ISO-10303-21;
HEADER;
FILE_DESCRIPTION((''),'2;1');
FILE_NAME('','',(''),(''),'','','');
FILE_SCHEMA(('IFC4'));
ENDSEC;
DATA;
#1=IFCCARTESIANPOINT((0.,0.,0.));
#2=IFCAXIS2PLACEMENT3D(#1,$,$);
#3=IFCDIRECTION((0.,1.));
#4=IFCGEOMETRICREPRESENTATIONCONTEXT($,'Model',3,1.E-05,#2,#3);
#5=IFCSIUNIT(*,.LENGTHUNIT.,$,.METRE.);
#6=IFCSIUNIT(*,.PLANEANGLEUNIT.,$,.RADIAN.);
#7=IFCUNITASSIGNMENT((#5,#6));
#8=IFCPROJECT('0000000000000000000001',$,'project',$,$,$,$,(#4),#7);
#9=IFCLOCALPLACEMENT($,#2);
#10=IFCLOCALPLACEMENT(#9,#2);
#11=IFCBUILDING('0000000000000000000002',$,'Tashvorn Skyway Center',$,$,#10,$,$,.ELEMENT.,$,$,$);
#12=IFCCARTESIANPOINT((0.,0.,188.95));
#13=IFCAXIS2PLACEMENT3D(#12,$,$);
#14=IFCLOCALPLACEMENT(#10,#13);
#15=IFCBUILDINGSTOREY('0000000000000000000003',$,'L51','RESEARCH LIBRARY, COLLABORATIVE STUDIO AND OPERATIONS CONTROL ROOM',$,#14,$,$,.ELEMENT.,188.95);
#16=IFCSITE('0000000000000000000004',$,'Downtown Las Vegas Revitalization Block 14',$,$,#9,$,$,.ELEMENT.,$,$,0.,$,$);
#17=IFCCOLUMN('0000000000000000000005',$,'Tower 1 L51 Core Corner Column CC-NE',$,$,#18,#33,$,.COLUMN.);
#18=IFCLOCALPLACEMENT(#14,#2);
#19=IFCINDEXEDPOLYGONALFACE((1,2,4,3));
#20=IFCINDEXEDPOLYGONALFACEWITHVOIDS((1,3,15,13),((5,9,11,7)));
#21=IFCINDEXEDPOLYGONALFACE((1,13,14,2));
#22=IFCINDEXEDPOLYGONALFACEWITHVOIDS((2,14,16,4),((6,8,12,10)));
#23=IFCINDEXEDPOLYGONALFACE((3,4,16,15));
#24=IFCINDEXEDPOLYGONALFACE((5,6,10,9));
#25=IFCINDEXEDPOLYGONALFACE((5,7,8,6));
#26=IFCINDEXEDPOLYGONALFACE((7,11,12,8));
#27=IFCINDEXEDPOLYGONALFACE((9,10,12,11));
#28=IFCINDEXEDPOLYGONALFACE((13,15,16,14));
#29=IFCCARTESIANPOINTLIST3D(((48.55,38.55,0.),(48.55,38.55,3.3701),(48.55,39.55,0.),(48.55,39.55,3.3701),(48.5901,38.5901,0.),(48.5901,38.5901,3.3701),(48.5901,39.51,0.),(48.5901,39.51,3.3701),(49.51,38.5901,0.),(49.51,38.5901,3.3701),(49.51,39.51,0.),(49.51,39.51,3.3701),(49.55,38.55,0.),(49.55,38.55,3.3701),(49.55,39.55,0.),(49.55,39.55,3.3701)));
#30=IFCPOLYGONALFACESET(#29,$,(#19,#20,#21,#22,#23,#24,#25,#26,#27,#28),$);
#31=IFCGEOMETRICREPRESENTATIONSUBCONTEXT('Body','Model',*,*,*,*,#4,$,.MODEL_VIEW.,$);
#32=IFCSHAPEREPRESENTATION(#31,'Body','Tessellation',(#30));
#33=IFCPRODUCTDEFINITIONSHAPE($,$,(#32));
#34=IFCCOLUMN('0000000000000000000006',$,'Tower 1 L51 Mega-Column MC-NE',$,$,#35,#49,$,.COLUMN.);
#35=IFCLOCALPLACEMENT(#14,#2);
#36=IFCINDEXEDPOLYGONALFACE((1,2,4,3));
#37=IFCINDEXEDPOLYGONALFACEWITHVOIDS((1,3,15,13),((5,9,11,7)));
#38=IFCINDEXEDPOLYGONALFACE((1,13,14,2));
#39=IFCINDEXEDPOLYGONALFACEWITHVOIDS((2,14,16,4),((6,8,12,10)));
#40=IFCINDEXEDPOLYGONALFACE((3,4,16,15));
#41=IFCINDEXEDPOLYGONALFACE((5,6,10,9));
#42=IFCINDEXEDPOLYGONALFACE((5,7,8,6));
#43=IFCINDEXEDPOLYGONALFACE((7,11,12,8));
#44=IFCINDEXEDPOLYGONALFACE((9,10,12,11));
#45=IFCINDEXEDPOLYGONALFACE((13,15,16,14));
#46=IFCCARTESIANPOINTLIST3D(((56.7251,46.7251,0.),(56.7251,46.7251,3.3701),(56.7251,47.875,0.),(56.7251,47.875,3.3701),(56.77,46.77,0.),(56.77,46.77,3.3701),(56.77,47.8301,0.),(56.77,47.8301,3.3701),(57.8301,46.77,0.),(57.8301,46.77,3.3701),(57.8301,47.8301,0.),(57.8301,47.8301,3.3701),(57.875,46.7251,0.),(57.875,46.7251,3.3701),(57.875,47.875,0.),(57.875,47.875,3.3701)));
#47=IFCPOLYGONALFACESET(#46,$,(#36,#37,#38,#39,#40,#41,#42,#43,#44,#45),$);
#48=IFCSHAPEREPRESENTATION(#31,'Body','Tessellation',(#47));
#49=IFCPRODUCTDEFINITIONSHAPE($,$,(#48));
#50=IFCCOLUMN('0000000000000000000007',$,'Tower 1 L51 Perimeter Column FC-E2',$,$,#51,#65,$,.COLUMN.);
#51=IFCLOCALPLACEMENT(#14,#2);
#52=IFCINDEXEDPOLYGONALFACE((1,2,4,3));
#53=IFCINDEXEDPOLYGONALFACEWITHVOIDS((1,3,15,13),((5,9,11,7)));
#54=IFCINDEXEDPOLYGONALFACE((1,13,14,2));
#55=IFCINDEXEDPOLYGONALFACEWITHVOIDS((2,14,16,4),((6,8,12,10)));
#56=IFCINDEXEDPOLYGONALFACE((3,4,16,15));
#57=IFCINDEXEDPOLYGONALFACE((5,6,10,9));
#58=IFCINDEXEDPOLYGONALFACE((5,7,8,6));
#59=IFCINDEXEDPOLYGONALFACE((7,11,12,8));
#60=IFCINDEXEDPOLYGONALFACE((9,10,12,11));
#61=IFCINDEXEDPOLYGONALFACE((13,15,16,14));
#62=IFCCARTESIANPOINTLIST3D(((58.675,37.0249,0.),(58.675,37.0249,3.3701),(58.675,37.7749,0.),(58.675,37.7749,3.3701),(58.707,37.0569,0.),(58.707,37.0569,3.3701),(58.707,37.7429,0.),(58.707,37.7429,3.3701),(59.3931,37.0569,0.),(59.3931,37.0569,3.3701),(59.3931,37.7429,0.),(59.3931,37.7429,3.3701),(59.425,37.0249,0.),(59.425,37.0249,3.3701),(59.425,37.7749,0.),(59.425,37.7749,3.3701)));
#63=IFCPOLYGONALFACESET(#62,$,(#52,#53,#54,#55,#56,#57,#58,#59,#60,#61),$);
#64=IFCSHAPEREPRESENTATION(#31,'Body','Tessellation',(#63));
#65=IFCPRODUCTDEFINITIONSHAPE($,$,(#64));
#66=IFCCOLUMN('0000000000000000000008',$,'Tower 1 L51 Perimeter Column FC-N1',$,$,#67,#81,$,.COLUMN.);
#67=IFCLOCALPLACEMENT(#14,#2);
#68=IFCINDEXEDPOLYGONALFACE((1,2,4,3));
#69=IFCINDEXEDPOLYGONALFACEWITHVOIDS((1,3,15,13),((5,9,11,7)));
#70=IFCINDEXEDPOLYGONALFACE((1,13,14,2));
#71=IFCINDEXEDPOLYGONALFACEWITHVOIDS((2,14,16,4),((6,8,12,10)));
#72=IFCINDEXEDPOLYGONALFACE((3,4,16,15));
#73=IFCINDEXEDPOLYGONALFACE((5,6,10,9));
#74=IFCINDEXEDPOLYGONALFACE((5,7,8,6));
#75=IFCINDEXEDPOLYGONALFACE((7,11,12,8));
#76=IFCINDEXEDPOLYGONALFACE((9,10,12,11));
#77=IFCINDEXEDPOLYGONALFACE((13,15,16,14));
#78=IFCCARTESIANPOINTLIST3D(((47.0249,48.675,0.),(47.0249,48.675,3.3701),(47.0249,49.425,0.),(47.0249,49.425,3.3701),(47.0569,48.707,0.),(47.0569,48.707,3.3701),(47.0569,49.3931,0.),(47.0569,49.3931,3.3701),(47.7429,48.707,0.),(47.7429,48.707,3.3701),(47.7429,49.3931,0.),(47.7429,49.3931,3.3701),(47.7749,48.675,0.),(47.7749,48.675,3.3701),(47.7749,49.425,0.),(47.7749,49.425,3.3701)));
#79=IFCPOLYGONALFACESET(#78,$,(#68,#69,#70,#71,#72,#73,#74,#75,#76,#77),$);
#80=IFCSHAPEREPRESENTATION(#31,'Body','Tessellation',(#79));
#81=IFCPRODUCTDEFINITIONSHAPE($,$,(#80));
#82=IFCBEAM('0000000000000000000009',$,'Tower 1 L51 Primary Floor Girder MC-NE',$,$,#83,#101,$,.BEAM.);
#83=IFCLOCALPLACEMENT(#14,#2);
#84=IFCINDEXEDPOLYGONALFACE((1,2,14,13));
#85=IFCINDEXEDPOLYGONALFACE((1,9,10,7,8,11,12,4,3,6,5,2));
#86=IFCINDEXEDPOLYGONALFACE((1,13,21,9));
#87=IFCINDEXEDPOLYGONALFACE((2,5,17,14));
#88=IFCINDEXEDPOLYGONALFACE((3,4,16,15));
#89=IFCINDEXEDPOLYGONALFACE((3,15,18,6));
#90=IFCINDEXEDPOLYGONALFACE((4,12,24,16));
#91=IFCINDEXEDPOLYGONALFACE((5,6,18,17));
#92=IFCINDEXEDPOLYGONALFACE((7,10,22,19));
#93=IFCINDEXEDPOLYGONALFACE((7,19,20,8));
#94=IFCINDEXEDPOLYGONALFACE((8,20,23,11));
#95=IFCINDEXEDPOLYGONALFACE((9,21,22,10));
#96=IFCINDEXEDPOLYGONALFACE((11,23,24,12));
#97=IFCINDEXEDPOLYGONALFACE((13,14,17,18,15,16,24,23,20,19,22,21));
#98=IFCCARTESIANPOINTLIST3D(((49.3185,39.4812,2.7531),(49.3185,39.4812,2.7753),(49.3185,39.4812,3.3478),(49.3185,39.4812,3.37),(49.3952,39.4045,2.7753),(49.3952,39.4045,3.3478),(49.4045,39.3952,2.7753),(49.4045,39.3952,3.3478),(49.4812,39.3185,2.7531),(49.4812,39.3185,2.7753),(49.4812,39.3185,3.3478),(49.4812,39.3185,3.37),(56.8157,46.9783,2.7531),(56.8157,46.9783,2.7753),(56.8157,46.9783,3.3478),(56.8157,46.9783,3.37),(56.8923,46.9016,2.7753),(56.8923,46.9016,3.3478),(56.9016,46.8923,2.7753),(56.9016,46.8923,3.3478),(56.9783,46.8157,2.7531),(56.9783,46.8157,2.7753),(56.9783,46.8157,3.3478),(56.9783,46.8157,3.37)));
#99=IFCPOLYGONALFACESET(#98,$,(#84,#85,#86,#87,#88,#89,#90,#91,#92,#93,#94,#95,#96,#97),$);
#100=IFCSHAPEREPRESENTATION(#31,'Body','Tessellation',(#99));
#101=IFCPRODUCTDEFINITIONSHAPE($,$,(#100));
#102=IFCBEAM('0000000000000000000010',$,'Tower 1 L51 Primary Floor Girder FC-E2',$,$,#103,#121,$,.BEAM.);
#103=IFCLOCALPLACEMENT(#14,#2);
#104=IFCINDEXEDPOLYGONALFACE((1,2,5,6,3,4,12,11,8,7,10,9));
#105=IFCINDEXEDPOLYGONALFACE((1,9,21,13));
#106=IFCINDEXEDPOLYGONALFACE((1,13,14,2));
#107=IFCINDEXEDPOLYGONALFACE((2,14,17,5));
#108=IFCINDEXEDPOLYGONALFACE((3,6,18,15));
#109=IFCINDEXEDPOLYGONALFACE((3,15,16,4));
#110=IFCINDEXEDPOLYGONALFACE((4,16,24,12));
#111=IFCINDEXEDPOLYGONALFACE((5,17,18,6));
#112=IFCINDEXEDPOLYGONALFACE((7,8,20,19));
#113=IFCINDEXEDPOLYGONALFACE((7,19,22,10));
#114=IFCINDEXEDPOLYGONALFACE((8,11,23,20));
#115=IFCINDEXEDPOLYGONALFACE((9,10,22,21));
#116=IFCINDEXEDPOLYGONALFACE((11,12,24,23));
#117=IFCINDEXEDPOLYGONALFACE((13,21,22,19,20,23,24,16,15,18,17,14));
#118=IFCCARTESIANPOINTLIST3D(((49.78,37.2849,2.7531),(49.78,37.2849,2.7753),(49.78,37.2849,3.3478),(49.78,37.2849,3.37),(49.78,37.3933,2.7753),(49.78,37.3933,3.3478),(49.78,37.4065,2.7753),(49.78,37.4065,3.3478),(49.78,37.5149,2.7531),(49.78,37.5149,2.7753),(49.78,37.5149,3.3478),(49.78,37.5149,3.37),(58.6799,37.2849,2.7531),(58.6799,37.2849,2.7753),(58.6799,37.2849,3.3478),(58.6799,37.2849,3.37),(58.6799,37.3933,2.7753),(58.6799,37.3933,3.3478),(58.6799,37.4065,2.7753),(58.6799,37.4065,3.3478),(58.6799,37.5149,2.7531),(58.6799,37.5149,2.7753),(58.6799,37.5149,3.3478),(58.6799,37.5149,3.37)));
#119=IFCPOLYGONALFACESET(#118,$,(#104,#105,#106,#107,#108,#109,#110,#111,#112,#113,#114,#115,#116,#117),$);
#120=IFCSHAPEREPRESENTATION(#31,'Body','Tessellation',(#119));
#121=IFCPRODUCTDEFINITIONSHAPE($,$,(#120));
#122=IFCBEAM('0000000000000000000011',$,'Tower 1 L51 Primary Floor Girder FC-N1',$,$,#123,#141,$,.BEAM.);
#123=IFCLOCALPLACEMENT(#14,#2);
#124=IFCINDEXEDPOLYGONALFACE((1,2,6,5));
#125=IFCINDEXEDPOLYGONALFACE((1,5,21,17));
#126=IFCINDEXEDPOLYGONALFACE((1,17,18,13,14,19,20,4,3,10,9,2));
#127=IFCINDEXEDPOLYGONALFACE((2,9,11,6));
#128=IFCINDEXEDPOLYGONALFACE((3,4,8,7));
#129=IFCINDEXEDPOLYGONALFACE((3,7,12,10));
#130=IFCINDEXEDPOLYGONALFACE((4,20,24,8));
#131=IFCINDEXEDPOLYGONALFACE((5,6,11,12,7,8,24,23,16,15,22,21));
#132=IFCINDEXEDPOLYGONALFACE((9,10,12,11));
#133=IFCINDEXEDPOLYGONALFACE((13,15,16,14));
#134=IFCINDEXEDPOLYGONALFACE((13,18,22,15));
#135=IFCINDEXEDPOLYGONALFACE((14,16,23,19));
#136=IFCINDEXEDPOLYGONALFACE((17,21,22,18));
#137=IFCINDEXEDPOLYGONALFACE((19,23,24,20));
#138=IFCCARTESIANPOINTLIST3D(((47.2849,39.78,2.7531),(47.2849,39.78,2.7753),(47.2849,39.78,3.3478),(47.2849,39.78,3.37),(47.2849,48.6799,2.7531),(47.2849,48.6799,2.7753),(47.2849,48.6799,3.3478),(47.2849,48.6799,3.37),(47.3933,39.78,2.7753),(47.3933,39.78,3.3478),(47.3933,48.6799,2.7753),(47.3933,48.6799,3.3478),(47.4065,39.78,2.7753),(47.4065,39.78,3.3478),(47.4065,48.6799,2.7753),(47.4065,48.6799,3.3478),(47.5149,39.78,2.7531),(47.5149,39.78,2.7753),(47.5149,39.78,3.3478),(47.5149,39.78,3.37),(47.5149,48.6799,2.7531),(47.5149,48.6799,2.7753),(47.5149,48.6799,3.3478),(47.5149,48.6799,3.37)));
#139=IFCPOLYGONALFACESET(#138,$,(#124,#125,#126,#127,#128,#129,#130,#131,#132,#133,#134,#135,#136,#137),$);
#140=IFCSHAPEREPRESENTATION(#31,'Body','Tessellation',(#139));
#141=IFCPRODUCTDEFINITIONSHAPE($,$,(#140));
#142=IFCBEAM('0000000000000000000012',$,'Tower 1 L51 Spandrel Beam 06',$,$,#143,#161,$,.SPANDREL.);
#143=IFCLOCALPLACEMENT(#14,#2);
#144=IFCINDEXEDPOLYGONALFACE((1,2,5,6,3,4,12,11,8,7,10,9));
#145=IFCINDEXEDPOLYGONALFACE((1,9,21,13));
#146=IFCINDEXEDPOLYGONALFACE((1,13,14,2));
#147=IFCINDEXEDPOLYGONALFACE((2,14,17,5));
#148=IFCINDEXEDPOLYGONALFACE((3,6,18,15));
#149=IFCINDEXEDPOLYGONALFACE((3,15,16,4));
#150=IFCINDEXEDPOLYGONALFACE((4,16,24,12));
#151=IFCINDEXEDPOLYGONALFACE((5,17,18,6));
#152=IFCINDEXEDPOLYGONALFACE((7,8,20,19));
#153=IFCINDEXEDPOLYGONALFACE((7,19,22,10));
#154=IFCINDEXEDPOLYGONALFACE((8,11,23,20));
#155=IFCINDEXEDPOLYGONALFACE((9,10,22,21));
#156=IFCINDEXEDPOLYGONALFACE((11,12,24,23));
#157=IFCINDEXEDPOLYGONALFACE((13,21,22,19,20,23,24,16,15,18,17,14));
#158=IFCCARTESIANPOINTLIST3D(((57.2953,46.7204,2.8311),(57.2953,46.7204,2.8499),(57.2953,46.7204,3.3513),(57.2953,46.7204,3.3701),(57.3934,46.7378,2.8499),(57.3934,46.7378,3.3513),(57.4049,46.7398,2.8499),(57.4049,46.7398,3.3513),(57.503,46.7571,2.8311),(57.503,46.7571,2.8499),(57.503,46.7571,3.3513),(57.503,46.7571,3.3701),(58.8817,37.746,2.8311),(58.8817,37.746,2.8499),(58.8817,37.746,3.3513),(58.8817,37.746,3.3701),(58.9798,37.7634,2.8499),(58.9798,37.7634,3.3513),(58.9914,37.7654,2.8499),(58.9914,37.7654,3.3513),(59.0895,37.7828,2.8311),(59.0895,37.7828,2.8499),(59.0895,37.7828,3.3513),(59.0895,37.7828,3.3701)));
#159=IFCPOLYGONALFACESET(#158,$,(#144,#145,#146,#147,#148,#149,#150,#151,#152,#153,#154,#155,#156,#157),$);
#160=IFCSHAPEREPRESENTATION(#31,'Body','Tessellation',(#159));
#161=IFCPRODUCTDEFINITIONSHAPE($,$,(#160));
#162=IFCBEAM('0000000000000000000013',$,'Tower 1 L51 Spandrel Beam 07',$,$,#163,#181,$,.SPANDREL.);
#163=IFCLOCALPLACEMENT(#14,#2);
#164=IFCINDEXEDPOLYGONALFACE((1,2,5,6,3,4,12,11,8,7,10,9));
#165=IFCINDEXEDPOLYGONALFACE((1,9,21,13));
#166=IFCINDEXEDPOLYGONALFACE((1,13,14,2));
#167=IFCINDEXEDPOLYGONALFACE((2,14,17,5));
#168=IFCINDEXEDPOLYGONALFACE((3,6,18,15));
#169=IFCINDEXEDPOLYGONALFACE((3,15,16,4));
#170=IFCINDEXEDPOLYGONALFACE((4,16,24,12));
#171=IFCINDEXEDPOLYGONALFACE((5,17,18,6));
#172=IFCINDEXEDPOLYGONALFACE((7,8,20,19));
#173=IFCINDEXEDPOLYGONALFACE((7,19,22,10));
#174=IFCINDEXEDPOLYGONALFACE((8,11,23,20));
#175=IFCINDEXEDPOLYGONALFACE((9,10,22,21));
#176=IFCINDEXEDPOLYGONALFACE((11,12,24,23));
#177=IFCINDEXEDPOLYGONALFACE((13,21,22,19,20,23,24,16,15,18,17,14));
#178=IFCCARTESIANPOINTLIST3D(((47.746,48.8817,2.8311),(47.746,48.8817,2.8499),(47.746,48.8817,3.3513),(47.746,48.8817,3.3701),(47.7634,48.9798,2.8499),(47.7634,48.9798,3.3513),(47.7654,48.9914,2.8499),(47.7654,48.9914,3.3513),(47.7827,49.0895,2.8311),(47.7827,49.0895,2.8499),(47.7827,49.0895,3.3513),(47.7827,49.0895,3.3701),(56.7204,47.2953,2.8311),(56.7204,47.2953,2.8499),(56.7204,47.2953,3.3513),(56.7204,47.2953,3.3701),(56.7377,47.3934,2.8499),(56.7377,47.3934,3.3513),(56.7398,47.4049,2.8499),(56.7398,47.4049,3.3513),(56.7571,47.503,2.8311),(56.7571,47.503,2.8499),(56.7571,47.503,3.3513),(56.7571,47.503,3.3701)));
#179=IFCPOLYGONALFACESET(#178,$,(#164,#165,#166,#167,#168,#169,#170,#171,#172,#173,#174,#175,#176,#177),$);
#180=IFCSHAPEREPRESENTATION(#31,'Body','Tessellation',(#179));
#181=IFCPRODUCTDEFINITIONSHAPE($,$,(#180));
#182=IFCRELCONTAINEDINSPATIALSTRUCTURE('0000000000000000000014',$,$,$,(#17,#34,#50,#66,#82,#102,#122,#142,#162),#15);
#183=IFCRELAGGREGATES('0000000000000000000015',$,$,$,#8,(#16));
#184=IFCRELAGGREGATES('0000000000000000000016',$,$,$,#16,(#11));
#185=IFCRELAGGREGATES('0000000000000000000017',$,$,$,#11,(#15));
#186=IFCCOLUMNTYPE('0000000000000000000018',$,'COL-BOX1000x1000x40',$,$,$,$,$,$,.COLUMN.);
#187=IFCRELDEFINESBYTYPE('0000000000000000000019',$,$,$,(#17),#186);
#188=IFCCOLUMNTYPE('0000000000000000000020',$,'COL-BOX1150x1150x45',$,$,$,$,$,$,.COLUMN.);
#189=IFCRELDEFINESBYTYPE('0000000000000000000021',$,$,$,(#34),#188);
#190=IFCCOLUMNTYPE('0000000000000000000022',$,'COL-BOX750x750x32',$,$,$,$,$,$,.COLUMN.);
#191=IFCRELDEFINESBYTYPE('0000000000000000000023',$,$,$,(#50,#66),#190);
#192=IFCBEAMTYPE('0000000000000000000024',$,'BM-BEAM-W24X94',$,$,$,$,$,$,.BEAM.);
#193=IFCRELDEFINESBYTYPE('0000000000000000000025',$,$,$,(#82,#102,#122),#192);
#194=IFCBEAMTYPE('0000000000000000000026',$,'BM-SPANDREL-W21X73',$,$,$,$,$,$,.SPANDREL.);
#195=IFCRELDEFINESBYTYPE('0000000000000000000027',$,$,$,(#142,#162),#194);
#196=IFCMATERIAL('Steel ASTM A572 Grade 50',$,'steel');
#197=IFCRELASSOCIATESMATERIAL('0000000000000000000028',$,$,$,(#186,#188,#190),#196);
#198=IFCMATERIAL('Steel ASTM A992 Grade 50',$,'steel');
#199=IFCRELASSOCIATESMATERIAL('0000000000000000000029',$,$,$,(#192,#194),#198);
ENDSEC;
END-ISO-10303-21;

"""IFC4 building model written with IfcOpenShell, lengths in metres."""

from ifc_helpers import new_model, si_unit, direction, frame, origin, origin_2d, place, context, subcontext, project, spatial, hollow_rectangle, i_section, extrude, material, material_profile, profile_set, type_object, element, save


model = new_model("IFC4")

# Units and contexts
model_context = context("Model", 3, precision=1e-05, world=origin(), true_north=direction((0.0, 1.0)))
body_context = subcontext(model_context, "Body", "Model", "MODEL_VIEW")
ifc_project = project(units=[si_unit("LENGTHUNIT", "METRE"), si_unit("PLANEANGLEUNIT", "RADIAN")], contexts=[model_context])

# Site, building, storey
site_placement = place(None, origin())
site = spatial("IfcSite", under=ifc_project, at=site_placement, Name="Downtown Las Vegas Revitalization Block 14", CompositionType="ELEMENT", RefElevation=0.0)
building_placement = place(site_placement, origin())
building = spatial("IfcBuilding", under=site, at=building_placement, Name="Tashvorn Skyway Center", CompositionType="ELEMENT")
storey_placement = place(building_placement, frame((0.0, 0.0, 188.95)))
storey = spatial("IfcBuildingStorey", under=building, at=storey_placement, Name="L51", Description="RESEARCH LIBRARY, COLLABORATIVE STUDIO AND OPERATIONS CONTROL ROOM", CompositionType="ELEMENT", Elevation=188.95)

# Columns
ifc_material_1 = material(Name="Steel ASTM A572 Grade 50", Category="steel")
ifc_material_profile_1 = material_profile(ifc_material_1, hollow_rectangle(XDim=1.0, YDim=1.0, WallThickness=0.04, at=origin_2d()), Name="BOX1000x1000x40")
ifc_profile_set_1 = profile_set([ifc_material_profile_1], Name="Steel ASTM A572 Grade 50")
column_type_1 = type_object("IfcColumnType", Name="COL-BOX1000x1000x40", PredefinedType="COLUMN", material=ifc_profile_set_1)
column_1_placement = place(storey_placement, frame((49.05, 39.05, 0.0), z_axis=(0.0, 0.0, 1.0), x_axis=(1.0, 0.0, 0.0)))
element("IfcColumn", 1, at=column_1_placement, inside=storey, type_object=column_type_1, Name="Tower 1 L51 Core Corner Column CC-NE", PredefinedType="COLUMN", context=body_context, shape_type="SweptSolid", body=[
    extrude(hollow_rectangle(XDim=1.0, YDim=1.0, WallThickness=0.04, at=origin_2d()), origin(), (0.0, 0.0, 1.0), 3.3701),
])
ifc_material_profile_2 = material_profile(ifc_material_1, hollow_rectangle(XDim=1.1499, YDim=1.1499, WallThickness=0.0449, at=origin_2d()), Name="BOX1150x1150x45")
ifc_profile_set_2 = profile_set([ifc_material_profile_2], Name="Steel ASTM A572 Grade 50")
column_type_2 = type_object("IfcColumnType", Name="COL-BOX1150x1150x45", PredefinedType="COLUMN", material=ifc_profile_set_2)
column_2_placement = place(storey_placement, frame((57.3, 47.3, 0.0), z_axis=(0.0, 0.0, 1.0), x_axis=(1.0, 0.0, 0.0)))
element("IfcColumn", 2, at=column_2_placement, inside=storey, type_object=column_type_2, Name="Tower 1 L51 Mega-Column MC-NE", PredefinedType="COLUMN", context=body_context, shape_type="SweptSolid", body=[
    extrude(hollow_rectangle(XDim=1.1499, YDim=1.1499, WallThickness=0.0449, at=origin_2d()), origin(), (0.0, 0.0, 1.0), 3.3701),
])
ifc_material_profile_3 = material_profile(ifc_material_1, hollow_rectangle(XDim=0.75, YDim=0.75, WallThickness=0.032, at=origin_2d()), Name="BOX750x750x32")
ifc_profile_set_3 = profile_set([ifc_material_profile_3], Name="Steel ASTM A572 Grade 50")
column_type_3 = type_object("IfcColumnType", Name="COL-BOX750x750x32", PredefinedType="COLUMN", material=ifc_profile_set_3)
for number, where, z_axis, x_axis, name in (
    (3, (59.05, 37.3999, 0.0), (0.0, 0.0, 1.0), (1.0, 0.0, 0.0), "Tower 1 L51 Perimeter Column FC-E2"),
    (4, (47.3999, 49.05, 0.0), (0.0, 0.0, 1.0), (1.0, 0.0, 0.0), "Tower 1 L51 Perimeter Column FC-N1"),
):
    element("IfcColumn", number, at=place(storey_placement, frame(where, z_axis=z_axis, x_axis=x_axis)), inside=storey, type_object=column_type_3, Name=name, PredefinedType="COLUMN", context=body_context, shape_type="SweptSolid", body=[
        extrude(hollow_rectangle(XDim=0.75, YDim=0.75, WallThickness=0.032, at=origin_2d()), origin(), (0.0, 0.0, 1.0), 3.3701),
    ])

# Beams
ifc_material_2 = material(Name="Steel ASTM A992 Grade 50", Category="steel")
ifc_material_profile_4 = material_profile(ifc_material_2, i_section(OverallWidth=0.23, OverallDepth=0.6169, WebThickness=0.0132, FlangeThickness=0.0222, at=origin_2d()), Name="W24X94")
ifc_profile_set_4 = profile_set([ifc_material_profile_4], Name="Steel ASTM A992 Grade 50")
beam_type_1 = type_object("IfcBeamType", Name="BM-BEAM-W24X94", PredefinedType="BEAM", material=ifc_profile_set_4)
beam_placement = place(storey_placement, frame((56.897, 46.897, 3.0615), z_axis=(-0.707107, -0.707107, 0.0), x_axis=(0.707107, -0.707107, 0.0)))
element("IfcBeam", 5, at=beam_placement, inside=storey, type_object=beam_type_1, Name="Tower 1 L51 Primary Floor Girder MC-NE", PredefinedType="BEAM", context=body_context, shape_type="SweptSolid", body=[
    extrude(i_section(OverallWidth=0.23, OverallDepth=0.6169, WebThickness=0.0132, FlangeThickness=0.0222, at=origin_2d()), origin(), (0.0, 0.0, 1.0), 10.6025),
])
for number, where, z_axis, x_axis, name in (
    (6, (58.6799, 37.3999, 3.0615), (-1.0, 0.0, 0.0), (0.0, -1.0, 0.0), "Tower 1 L51 Primary Floor Girder FC-E2"),
    (7, (47.3999, 48.6799, 3.0615), (0.0, -1.0, 0.0), (1.0, 0.0, 0.0), "Tower 1 L51 Primary Floor Girder FC-N1"),
):
    element("IfcBeam", number, at=place(storey_placement, frame(where, z_axis=z_axis, x_axis=x_axis)), inside=storey, type_object=beam_type_1, Name=name, PredefinedType="BEAM", context=body_context, shape_type="SweptSolid", body=[
        extrude(i_section(OverallWidth=0.23, OverallDepth=0.6169, WebThickness=0.0132, FlangeThickness=0.0222, at=origin_2d()), origin(), (0.0, 0.0, 1.0), 8.8999),
    ])
ifc_material_profile_5 = material_profile(ifc_material_2, i_section(OverallWidth=0.2109, OverallDepth=0.5391, WebThickness=0.0117, FlangeThickness=0.0188, at=origin_2d()), Name="W21X73")
ifc_profile_set_5 = profile_set([ifc_material_profile_5], Name="Steel ASTM A992 Grade 50")
beam_type_2 = type_object("IfcBeamType", Name="BM-SPANDREL-W21X73", PredefinedType="SPANDREL", material=ifc_profile_set_5)
for number, where, z_axis, x_axis, name in (
    (8, (58.9856, 37.7644, 3.1006), (-0.174074, 0.984733, 0.0), (-0.984733, -0.174074, 0.0), "Tower 1 L51 Spandrel Beam 06"),
    (9, (56.7388, 47.3992, 3.1006), (-0.984733, 0.174074, 0.0), (-0.174074, -0.984733, 0.0), "Tower 1 L51 Spandrel Beam 07"),
):
    element("IfcBeam", number, at=place(storey_placement, frame(where, z_axis=z_axis, x_axis=x_axis)), inside=storey, type_object=beam_type_2, Name=name, PredefinedType="SPANDREL", context=body_context, shape_type="SweptSolid", body=[
        extrude(i_section(OverallWidth=0.2109, OverallDepth=0.5391, WebThickness=0.0117, FlangeThickness=0.0188, at=origin_2d()), origin(), (0.0, 0.0, 1.0), 9.1135),
    ])

save(model, "model.ifc")
